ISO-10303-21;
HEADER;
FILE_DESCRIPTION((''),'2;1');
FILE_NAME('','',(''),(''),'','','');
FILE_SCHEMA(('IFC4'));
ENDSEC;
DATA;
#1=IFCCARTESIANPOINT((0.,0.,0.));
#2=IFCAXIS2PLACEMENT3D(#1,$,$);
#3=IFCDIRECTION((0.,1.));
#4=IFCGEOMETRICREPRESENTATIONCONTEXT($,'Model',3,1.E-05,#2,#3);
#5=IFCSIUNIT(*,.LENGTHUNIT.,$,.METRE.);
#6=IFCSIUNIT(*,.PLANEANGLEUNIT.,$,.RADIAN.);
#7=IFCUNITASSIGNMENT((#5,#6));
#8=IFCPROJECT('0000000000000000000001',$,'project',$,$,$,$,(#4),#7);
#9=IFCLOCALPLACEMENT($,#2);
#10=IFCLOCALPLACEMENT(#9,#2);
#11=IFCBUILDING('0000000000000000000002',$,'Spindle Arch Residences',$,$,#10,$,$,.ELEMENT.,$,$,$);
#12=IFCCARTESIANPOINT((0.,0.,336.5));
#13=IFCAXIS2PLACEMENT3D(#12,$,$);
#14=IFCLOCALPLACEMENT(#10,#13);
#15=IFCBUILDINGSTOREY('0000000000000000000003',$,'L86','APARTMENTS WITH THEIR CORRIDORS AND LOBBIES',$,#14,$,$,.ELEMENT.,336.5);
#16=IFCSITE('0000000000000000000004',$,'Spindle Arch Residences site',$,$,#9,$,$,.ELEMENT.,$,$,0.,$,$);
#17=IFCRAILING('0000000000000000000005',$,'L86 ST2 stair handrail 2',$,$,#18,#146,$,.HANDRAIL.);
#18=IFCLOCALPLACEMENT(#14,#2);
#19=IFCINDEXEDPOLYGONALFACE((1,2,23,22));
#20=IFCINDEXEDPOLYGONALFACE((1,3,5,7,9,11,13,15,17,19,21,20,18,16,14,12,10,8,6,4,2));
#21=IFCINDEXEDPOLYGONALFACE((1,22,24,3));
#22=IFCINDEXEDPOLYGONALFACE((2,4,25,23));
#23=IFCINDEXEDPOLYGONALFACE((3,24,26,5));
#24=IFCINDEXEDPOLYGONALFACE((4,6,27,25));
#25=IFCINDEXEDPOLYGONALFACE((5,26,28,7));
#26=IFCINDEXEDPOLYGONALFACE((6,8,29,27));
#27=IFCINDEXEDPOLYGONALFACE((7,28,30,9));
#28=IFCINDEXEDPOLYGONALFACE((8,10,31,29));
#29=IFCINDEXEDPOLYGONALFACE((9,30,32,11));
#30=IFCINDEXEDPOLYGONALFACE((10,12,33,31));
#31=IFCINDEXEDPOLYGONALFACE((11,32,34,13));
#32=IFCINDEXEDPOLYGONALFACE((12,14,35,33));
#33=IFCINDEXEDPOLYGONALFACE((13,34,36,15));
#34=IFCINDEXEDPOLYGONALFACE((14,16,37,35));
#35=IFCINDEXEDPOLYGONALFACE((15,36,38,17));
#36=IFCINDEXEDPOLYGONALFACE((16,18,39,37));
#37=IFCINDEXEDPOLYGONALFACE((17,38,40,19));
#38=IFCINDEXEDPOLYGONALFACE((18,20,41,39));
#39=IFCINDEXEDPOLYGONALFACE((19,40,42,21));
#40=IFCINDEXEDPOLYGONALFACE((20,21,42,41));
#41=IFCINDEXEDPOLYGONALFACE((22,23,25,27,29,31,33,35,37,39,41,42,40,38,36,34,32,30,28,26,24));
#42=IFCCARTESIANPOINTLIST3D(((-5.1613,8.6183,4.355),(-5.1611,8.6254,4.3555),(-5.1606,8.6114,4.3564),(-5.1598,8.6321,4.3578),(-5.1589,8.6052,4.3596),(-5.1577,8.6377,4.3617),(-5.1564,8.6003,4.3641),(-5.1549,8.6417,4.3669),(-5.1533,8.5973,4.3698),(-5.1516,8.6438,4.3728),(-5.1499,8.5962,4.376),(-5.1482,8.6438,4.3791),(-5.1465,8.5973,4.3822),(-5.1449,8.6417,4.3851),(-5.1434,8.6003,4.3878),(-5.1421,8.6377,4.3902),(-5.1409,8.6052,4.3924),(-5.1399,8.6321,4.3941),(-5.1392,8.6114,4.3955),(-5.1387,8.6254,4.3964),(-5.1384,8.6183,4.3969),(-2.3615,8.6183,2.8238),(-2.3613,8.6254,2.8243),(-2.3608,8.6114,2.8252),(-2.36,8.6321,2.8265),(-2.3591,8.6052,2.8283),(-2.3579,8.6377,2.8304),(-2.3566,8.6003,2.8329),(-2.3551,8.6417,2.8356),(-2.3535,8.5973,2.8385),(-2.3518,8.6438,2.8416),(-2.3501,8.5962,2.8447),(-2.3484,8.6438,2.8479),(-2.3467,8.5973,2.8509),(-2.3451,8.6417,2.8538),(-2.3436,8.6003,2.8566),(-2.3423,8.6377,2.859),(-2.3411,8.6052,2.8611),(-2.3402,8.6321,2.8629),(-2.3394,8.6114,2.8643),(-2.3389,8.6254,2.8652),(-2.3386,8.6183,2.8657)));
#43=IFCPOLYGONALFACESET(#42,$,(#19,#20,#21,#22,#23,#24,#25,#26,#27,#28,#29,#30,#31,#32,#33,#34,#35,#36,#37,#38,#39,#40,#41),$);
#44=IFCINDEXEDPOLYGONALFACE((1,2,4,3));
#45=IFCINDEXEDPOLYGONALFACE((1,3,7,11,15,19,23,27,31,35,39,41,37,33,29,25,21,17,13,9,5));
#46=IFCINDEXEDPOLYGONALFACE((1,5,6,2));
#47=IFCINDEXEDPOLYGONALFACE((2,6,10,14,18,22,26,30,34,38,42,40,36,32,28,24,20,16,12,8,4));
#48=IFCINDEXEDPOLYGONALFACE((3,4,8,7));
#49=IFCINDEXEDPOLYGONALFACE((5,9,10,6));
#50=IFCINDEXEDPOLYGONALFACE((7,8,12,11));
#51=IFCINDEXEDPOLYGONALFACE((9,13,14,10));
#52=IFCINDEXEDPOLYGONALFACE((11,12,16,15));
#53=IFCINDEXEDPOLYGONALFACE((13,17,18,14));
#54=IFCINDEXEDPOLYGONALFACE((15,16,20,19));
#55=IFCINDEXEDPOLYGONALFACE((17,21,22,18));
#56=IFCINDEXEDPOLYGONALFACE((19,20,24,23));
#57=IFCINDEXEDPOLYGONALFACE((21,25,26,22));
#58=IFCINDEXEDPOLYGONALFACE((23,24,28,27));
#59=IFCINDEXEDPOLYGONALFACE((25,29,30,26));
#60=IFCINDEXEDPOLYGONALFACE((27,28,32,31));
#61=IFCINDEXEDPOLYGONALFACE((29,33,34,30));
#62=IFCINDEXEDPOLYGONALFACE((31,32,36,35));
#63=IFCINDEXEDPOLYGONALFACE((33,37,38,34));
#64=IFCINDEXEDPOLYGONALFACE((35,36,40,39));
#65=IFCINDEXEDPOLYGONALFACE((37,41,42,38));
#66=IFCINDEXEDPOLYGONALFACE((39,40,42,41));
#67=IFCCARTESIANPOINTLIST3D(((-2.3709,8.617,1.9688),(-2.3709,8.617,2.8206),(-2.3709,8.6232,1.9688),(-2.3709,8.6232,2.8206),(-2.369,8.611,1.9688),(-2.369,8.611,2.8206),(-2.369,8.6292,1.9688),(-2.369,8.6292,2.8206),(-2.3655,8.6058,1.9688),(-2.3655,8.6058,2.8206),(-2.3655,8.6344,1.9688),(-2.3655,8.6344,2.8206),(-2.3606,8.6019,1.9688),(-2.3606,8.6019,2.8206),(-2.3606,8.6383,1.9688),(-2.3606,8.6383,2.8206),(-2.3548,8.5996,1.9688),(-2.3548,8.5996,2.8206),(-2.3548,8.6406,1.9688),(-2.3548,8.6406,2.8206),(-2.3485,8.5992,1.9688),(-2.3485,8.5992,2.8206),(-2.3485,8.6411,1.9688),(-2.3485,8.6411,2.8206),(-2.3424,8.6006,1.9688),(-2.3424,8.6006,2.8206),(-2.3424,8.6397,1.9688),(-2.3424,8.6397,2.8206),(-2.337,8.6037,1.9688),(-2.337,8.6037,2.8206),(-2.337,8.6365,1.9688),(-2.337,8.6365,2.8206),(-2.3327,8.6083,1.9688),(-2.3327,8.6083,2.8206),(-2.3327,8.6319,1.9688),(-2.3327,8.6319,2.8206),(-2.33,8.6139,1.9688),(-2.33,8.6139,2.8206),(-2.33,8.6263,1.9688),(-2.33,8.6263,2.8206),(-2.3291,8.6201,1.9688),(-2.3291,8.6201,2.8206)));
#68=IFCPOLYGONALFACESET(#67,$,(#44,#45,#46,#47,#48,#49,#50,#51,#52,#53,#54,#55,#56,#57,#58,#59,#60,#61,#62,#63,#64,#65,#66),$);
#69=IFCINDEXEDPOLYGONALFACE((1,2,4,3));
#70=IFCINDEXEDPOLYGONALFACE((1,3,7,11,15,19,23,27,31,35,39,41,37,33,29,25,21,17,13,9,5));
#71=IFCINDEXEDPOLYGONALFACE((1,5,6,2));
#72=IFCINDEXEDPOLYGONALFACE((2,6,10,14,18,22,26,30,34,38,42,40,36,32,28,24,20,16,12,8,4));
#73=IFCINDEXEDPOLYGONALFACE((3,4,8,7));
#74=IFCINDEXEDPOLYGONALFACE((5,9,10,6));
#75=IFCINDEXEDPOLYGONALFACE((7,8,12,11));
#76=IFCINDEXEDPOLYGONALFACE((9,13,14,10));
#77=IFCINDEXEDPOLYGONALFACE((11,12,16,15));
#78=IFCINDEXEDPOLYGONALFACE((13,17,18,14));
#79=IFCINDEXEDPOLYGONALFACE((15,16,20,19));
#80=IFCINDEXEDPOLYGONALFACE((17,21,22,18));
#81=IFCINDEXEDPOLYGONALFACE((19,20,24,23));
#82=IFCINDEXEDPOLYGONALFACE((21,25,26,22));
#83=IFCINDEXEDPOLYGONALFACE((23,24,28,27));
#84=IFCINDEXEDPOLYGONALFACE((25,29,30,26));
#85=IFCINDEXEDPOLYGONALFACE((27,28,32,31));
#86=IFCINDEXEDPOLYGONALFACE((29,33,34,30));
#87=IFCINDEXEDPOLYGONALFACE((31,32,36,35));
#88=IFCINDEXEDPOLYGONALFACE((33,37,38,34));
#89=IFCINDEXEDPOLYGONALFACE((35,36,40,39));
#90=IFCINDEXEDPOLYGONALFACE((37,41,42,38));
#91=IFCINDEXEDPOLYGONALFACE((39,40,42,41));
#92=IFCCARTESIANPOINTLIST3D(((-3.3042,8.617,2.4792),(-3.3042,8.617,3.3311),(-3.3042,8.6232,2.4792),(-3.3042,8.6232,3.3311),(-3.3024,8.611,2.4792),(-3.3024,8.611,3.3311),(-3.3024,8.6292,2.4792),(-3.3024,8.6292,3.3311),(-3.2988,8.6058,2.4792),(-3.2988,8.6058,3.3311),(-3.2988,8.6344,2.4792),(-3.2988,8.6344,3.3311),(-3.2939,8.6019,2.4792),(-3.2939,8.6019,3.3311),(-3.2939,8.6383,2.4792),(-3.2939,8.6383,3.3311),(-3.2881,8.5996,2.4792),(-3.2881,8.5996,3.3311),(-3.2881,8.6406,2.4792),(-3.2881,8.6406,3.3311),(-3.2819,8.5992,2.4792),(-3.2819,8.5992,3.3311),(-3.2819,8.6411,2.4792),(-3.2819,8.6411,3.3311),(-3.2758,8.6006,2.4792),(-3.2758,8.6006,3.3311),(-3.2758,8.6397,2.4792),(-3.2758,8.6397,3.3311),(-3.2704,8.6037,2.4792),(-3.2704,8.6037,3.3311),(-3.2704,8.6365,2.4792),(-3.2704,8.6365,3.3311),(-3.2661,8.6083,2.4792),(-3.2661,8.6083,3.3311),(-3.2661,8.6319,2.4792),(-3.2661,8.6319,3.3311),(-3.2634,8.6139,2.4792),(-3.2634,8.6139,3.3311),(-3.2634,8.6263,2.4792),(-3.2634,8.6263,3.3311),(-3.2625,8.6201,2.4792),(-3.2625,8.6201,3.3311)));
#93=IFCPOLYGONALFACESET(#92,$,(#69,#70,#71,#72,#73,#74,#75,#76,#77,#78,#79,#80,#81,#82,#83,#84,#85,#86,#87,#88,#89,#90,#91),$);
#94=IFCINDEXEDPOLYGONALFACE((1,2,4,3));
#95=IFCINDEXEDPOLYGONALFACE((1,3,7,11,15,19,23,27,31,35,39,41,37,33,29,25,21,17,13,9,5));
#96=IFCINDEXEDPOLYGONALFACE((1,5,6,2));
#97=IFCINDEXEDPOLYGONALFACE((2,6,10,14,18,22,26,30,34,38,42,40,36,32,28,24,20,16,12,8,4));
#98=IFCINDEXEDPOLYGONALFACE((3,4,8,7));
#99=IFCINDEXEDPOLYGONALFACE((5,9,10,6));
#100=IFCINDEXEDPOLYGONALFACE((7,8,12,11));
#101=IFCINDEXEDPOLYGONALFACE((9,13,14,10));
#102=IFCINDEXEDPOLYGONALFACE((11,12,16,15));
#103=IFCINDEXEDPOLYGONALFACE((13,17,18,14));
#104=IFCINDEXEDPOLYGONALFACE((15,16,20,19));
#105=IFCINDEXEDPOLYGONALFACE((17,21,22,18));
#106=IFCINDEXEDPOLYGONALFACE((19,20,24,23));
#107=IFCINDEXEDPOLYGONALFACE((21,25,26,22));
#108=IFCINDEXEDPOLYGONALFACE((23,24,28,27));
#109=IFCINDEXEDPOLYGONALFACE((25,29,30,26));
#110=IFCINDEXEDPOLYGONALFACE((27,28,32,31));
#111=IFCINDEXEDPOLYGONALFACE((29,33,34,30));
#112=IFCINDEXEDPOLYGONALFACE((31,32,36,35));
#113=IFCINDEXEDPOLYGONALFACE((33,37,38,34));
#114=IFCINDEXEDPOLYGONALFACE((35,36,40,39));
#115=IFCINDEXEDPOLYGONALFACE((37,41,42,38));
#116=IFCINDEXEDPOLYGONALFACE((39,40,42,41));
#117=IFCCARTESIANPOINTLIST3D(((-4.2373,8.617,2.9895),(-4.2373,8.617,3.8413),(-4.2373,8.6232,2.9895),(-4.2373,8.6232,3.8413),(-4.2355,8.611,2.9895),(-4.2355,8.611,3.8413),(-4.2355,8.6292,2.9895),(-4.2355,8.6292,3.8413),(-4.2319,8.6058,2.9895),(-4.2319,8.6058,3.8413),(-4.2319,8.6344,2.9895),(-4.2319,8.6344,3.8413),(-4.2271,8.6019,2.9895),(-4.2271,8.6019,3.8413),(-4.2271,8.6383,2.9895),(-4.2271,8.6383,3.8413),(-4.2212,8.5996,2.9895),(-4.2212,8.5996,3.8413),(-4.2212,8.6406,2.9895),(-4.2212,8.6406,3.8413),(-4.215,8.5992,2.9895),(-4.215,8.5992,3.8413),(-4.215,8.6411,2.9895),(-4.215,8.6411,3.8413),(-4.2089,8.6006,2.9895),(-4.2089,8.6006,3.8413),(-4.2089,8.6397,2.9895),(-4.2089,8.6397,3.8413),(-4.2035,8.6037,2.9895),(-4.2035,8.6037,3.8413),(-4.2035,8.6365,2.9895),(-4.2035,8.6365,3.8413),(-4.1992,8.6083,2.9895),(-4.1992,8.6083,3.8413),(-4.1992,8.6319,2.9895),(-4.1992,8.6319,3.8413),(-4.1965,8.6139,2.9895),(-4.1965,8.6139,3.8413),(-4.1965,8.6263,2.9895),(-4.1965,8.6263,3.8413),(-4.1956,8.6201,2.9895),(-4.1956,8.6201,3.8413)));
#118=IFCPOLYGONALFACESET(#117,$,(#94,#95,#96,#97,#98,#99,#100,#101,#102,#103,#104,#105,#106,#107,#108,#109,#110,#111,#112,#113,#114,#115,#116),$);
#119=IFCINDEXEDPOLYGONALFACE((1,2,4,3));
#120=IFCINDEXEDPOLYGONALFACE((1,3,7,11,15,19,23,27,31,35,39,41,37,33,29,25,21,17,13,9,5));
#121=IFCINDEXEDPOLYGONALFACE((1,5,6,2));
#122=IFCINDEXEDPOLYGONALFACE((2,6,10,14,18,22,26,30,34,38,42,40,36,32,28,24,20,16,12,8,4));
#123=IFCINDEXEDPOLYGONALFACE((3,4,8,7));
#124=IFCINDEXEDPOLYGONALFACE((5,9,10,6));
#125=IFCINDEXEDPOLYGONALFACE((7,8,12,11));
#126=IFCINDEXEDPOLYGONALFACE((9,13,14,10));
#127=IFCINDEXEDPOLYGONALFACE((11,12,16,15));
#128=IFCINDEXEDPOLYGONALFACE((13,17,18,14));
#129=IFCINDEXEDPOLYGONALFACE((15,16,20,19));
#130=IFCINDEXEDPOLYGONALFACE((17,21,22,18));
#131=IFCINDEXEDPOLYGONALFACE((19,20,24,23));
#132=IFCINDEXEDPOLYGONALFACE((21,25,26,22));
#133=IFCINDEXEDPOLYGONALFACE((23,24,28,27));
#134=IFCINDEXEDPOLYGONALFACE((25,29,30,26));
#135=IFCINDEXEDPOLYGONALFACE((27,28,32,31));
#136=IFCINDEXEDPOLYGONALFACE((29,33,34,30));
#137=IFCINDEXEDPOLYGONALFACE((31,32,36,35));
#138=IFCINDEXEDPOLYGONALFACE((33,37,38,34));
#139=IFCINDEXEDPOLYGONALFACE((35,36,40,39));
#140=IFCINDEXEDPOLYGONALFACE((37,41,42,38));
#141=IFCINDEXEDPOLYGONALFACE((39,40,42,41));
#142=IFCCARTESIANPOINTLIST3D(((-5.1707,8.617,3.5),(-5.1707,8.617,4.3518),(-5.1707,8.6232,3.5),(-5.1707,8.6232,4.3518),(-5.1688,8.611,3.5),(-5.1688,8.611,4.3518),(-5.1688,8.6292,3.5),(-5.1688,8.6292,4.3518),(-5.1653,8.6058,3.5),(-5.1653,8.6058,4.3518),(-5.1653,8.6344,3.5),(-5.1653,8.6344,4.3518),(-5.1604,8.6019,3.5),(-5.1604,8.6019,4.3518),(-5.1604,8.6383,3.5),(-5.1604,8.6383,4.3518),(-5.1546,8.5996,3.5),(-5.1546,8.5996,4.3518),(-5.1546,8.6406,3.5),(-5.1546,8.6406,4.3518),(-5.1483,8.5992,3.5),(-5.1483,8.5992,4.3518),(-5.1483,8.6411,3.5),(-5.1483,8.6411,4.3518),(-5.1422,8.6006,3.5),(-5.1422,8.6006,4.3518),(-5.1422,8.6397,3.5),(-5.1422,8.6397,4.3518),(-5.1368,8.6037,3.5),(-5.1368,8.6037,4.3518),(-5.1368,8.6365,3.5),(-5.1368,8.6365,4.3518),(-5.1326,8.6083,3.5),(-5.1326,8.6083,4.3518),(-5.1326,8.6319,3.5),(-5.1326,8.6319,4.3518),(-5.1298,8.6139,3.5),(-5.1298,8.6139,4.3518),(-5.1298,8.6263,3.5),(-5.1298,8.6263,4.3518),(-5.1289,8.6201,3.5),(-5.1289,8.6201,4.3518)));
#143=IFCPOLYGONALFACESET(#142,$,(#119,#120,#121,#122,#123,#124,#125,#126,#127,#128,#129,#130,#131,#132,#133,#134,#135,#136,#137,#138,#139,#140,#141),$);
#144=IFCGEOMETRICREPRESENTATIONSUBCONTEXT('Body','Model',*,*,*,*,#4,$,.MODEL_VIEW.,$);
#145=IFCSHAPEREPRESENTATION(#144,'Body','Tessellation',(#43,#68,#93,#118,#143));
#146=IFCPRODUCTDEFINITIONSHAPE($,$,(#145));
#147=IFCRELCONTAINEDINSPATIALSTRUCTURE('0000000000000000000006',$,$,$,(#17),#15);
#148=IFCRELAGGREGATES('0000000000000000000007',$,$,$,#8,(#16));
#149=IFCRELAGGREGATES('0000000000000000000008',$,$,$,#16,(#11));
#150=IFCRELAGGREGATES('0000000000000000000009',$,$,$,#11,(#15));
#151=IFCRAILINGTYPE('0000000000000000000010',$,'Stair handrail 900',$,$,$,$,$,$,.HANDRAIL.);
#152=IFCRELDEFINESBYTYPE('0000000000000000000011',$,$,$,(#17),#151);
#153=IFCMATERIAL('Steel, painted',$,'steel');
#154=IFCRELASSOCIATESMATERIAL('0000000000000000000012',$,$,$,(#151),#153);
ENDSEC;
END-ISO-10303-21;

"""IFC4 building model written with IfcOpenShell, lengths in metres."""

from ifc_helpers import new_model, si_unit, direction, frame, origin, origin_2d, place, context, subcontext, project, spatial, circle, extrude, material, type_object, element, save


model = new_model("IFC4")

# Units and contexts
model_context = context("Model", 3, precision=1e-05, world=origin(), true_north=direction((0.0, 1.0)))
body_context = subcontext(model_context, "Body", "Model", "MODEL_VIEW")
ifc_project = project(units=[si_unit("LENGTHUNIT", "METRE"), si_unit("PLANEANGLEUNIT", "RADIAN")], contexts=[model_context])

# Site, building, storey
site_placement = place(None, origin())
site = spatial("IfcSite", under=ifc_project, at=site_placement, Name="Spindle Arch Residences site", CompositionType="ELEMENT", RefElevation=0.0)
building_placement = place(site_placement, origin())
building = spatial("IfcBuilding", under=site, at=building_placement, Name="Spindle Arch Residences", CompositionType="ELEMENT")
storey_placement = place(building_placement, frame((0.0, 0.0, 336.5)))
storey = spatial("IfcBuildingStorey", under=building, at=storey_placement, Name="L86", Description="APARTMENTS WITH THEIR CORRIDORS AND LOBBIES", CompositionType="ELEMENT", Elevation=336.5)

# Railing
ifc_material_1 = material(Name="Steel, painted", Category="steel")
railing_type_1 = type_object("IfcRailingType", Name="Stair handrail 900", PredefinedType="HANDRAIL", material=ifc_material_1)
railing_1_placement = place(storey_placement, frame((-2.3501, 8.6201, 1.9688)))
element("IfcRailing", 1, at=railing_1_placement, inside=storey, type_object=railing_type_1, Name="L86 ST2 stair handrail 2", PredefinedType="HANDRAIL", context=body_context, shape_type="SweptSolid", body=[
    extrude(circle(Radius=0.0239, at=origin_2d()), frame((0.0, 0.0, 0.876), z_axis=(-0.877357, 0.0, 0.479838), x_axis=(0.0, -1.0, 0.0)), (0.0, 0.0, 1.0), 3.1912),
    extrude(circle(Radius=0.021, at=origin_2d()), origin(), (0.0, 0.0, 1.0), 0.8518),
    extrude(circle(Radius=0.021, at=origin_2d()), frame((-0.9333, 0.0, 0.5105)), (0.0, 0.0, 1.0), 0.8518),
    extrude(circle(Radius=0.021, at=origin_2d()), frame((-1.8665, 0.0, 1.0208)), (0.0, 0.0, 1.0), 0.8518),
    extrude(circle(Radius=0.021, at=origin_2d()), frame((-2.7998, 0.0, 1.5312)), (0.0, 0.0, 1.0), 0.8518),
])

save(model, "model.ifc")
